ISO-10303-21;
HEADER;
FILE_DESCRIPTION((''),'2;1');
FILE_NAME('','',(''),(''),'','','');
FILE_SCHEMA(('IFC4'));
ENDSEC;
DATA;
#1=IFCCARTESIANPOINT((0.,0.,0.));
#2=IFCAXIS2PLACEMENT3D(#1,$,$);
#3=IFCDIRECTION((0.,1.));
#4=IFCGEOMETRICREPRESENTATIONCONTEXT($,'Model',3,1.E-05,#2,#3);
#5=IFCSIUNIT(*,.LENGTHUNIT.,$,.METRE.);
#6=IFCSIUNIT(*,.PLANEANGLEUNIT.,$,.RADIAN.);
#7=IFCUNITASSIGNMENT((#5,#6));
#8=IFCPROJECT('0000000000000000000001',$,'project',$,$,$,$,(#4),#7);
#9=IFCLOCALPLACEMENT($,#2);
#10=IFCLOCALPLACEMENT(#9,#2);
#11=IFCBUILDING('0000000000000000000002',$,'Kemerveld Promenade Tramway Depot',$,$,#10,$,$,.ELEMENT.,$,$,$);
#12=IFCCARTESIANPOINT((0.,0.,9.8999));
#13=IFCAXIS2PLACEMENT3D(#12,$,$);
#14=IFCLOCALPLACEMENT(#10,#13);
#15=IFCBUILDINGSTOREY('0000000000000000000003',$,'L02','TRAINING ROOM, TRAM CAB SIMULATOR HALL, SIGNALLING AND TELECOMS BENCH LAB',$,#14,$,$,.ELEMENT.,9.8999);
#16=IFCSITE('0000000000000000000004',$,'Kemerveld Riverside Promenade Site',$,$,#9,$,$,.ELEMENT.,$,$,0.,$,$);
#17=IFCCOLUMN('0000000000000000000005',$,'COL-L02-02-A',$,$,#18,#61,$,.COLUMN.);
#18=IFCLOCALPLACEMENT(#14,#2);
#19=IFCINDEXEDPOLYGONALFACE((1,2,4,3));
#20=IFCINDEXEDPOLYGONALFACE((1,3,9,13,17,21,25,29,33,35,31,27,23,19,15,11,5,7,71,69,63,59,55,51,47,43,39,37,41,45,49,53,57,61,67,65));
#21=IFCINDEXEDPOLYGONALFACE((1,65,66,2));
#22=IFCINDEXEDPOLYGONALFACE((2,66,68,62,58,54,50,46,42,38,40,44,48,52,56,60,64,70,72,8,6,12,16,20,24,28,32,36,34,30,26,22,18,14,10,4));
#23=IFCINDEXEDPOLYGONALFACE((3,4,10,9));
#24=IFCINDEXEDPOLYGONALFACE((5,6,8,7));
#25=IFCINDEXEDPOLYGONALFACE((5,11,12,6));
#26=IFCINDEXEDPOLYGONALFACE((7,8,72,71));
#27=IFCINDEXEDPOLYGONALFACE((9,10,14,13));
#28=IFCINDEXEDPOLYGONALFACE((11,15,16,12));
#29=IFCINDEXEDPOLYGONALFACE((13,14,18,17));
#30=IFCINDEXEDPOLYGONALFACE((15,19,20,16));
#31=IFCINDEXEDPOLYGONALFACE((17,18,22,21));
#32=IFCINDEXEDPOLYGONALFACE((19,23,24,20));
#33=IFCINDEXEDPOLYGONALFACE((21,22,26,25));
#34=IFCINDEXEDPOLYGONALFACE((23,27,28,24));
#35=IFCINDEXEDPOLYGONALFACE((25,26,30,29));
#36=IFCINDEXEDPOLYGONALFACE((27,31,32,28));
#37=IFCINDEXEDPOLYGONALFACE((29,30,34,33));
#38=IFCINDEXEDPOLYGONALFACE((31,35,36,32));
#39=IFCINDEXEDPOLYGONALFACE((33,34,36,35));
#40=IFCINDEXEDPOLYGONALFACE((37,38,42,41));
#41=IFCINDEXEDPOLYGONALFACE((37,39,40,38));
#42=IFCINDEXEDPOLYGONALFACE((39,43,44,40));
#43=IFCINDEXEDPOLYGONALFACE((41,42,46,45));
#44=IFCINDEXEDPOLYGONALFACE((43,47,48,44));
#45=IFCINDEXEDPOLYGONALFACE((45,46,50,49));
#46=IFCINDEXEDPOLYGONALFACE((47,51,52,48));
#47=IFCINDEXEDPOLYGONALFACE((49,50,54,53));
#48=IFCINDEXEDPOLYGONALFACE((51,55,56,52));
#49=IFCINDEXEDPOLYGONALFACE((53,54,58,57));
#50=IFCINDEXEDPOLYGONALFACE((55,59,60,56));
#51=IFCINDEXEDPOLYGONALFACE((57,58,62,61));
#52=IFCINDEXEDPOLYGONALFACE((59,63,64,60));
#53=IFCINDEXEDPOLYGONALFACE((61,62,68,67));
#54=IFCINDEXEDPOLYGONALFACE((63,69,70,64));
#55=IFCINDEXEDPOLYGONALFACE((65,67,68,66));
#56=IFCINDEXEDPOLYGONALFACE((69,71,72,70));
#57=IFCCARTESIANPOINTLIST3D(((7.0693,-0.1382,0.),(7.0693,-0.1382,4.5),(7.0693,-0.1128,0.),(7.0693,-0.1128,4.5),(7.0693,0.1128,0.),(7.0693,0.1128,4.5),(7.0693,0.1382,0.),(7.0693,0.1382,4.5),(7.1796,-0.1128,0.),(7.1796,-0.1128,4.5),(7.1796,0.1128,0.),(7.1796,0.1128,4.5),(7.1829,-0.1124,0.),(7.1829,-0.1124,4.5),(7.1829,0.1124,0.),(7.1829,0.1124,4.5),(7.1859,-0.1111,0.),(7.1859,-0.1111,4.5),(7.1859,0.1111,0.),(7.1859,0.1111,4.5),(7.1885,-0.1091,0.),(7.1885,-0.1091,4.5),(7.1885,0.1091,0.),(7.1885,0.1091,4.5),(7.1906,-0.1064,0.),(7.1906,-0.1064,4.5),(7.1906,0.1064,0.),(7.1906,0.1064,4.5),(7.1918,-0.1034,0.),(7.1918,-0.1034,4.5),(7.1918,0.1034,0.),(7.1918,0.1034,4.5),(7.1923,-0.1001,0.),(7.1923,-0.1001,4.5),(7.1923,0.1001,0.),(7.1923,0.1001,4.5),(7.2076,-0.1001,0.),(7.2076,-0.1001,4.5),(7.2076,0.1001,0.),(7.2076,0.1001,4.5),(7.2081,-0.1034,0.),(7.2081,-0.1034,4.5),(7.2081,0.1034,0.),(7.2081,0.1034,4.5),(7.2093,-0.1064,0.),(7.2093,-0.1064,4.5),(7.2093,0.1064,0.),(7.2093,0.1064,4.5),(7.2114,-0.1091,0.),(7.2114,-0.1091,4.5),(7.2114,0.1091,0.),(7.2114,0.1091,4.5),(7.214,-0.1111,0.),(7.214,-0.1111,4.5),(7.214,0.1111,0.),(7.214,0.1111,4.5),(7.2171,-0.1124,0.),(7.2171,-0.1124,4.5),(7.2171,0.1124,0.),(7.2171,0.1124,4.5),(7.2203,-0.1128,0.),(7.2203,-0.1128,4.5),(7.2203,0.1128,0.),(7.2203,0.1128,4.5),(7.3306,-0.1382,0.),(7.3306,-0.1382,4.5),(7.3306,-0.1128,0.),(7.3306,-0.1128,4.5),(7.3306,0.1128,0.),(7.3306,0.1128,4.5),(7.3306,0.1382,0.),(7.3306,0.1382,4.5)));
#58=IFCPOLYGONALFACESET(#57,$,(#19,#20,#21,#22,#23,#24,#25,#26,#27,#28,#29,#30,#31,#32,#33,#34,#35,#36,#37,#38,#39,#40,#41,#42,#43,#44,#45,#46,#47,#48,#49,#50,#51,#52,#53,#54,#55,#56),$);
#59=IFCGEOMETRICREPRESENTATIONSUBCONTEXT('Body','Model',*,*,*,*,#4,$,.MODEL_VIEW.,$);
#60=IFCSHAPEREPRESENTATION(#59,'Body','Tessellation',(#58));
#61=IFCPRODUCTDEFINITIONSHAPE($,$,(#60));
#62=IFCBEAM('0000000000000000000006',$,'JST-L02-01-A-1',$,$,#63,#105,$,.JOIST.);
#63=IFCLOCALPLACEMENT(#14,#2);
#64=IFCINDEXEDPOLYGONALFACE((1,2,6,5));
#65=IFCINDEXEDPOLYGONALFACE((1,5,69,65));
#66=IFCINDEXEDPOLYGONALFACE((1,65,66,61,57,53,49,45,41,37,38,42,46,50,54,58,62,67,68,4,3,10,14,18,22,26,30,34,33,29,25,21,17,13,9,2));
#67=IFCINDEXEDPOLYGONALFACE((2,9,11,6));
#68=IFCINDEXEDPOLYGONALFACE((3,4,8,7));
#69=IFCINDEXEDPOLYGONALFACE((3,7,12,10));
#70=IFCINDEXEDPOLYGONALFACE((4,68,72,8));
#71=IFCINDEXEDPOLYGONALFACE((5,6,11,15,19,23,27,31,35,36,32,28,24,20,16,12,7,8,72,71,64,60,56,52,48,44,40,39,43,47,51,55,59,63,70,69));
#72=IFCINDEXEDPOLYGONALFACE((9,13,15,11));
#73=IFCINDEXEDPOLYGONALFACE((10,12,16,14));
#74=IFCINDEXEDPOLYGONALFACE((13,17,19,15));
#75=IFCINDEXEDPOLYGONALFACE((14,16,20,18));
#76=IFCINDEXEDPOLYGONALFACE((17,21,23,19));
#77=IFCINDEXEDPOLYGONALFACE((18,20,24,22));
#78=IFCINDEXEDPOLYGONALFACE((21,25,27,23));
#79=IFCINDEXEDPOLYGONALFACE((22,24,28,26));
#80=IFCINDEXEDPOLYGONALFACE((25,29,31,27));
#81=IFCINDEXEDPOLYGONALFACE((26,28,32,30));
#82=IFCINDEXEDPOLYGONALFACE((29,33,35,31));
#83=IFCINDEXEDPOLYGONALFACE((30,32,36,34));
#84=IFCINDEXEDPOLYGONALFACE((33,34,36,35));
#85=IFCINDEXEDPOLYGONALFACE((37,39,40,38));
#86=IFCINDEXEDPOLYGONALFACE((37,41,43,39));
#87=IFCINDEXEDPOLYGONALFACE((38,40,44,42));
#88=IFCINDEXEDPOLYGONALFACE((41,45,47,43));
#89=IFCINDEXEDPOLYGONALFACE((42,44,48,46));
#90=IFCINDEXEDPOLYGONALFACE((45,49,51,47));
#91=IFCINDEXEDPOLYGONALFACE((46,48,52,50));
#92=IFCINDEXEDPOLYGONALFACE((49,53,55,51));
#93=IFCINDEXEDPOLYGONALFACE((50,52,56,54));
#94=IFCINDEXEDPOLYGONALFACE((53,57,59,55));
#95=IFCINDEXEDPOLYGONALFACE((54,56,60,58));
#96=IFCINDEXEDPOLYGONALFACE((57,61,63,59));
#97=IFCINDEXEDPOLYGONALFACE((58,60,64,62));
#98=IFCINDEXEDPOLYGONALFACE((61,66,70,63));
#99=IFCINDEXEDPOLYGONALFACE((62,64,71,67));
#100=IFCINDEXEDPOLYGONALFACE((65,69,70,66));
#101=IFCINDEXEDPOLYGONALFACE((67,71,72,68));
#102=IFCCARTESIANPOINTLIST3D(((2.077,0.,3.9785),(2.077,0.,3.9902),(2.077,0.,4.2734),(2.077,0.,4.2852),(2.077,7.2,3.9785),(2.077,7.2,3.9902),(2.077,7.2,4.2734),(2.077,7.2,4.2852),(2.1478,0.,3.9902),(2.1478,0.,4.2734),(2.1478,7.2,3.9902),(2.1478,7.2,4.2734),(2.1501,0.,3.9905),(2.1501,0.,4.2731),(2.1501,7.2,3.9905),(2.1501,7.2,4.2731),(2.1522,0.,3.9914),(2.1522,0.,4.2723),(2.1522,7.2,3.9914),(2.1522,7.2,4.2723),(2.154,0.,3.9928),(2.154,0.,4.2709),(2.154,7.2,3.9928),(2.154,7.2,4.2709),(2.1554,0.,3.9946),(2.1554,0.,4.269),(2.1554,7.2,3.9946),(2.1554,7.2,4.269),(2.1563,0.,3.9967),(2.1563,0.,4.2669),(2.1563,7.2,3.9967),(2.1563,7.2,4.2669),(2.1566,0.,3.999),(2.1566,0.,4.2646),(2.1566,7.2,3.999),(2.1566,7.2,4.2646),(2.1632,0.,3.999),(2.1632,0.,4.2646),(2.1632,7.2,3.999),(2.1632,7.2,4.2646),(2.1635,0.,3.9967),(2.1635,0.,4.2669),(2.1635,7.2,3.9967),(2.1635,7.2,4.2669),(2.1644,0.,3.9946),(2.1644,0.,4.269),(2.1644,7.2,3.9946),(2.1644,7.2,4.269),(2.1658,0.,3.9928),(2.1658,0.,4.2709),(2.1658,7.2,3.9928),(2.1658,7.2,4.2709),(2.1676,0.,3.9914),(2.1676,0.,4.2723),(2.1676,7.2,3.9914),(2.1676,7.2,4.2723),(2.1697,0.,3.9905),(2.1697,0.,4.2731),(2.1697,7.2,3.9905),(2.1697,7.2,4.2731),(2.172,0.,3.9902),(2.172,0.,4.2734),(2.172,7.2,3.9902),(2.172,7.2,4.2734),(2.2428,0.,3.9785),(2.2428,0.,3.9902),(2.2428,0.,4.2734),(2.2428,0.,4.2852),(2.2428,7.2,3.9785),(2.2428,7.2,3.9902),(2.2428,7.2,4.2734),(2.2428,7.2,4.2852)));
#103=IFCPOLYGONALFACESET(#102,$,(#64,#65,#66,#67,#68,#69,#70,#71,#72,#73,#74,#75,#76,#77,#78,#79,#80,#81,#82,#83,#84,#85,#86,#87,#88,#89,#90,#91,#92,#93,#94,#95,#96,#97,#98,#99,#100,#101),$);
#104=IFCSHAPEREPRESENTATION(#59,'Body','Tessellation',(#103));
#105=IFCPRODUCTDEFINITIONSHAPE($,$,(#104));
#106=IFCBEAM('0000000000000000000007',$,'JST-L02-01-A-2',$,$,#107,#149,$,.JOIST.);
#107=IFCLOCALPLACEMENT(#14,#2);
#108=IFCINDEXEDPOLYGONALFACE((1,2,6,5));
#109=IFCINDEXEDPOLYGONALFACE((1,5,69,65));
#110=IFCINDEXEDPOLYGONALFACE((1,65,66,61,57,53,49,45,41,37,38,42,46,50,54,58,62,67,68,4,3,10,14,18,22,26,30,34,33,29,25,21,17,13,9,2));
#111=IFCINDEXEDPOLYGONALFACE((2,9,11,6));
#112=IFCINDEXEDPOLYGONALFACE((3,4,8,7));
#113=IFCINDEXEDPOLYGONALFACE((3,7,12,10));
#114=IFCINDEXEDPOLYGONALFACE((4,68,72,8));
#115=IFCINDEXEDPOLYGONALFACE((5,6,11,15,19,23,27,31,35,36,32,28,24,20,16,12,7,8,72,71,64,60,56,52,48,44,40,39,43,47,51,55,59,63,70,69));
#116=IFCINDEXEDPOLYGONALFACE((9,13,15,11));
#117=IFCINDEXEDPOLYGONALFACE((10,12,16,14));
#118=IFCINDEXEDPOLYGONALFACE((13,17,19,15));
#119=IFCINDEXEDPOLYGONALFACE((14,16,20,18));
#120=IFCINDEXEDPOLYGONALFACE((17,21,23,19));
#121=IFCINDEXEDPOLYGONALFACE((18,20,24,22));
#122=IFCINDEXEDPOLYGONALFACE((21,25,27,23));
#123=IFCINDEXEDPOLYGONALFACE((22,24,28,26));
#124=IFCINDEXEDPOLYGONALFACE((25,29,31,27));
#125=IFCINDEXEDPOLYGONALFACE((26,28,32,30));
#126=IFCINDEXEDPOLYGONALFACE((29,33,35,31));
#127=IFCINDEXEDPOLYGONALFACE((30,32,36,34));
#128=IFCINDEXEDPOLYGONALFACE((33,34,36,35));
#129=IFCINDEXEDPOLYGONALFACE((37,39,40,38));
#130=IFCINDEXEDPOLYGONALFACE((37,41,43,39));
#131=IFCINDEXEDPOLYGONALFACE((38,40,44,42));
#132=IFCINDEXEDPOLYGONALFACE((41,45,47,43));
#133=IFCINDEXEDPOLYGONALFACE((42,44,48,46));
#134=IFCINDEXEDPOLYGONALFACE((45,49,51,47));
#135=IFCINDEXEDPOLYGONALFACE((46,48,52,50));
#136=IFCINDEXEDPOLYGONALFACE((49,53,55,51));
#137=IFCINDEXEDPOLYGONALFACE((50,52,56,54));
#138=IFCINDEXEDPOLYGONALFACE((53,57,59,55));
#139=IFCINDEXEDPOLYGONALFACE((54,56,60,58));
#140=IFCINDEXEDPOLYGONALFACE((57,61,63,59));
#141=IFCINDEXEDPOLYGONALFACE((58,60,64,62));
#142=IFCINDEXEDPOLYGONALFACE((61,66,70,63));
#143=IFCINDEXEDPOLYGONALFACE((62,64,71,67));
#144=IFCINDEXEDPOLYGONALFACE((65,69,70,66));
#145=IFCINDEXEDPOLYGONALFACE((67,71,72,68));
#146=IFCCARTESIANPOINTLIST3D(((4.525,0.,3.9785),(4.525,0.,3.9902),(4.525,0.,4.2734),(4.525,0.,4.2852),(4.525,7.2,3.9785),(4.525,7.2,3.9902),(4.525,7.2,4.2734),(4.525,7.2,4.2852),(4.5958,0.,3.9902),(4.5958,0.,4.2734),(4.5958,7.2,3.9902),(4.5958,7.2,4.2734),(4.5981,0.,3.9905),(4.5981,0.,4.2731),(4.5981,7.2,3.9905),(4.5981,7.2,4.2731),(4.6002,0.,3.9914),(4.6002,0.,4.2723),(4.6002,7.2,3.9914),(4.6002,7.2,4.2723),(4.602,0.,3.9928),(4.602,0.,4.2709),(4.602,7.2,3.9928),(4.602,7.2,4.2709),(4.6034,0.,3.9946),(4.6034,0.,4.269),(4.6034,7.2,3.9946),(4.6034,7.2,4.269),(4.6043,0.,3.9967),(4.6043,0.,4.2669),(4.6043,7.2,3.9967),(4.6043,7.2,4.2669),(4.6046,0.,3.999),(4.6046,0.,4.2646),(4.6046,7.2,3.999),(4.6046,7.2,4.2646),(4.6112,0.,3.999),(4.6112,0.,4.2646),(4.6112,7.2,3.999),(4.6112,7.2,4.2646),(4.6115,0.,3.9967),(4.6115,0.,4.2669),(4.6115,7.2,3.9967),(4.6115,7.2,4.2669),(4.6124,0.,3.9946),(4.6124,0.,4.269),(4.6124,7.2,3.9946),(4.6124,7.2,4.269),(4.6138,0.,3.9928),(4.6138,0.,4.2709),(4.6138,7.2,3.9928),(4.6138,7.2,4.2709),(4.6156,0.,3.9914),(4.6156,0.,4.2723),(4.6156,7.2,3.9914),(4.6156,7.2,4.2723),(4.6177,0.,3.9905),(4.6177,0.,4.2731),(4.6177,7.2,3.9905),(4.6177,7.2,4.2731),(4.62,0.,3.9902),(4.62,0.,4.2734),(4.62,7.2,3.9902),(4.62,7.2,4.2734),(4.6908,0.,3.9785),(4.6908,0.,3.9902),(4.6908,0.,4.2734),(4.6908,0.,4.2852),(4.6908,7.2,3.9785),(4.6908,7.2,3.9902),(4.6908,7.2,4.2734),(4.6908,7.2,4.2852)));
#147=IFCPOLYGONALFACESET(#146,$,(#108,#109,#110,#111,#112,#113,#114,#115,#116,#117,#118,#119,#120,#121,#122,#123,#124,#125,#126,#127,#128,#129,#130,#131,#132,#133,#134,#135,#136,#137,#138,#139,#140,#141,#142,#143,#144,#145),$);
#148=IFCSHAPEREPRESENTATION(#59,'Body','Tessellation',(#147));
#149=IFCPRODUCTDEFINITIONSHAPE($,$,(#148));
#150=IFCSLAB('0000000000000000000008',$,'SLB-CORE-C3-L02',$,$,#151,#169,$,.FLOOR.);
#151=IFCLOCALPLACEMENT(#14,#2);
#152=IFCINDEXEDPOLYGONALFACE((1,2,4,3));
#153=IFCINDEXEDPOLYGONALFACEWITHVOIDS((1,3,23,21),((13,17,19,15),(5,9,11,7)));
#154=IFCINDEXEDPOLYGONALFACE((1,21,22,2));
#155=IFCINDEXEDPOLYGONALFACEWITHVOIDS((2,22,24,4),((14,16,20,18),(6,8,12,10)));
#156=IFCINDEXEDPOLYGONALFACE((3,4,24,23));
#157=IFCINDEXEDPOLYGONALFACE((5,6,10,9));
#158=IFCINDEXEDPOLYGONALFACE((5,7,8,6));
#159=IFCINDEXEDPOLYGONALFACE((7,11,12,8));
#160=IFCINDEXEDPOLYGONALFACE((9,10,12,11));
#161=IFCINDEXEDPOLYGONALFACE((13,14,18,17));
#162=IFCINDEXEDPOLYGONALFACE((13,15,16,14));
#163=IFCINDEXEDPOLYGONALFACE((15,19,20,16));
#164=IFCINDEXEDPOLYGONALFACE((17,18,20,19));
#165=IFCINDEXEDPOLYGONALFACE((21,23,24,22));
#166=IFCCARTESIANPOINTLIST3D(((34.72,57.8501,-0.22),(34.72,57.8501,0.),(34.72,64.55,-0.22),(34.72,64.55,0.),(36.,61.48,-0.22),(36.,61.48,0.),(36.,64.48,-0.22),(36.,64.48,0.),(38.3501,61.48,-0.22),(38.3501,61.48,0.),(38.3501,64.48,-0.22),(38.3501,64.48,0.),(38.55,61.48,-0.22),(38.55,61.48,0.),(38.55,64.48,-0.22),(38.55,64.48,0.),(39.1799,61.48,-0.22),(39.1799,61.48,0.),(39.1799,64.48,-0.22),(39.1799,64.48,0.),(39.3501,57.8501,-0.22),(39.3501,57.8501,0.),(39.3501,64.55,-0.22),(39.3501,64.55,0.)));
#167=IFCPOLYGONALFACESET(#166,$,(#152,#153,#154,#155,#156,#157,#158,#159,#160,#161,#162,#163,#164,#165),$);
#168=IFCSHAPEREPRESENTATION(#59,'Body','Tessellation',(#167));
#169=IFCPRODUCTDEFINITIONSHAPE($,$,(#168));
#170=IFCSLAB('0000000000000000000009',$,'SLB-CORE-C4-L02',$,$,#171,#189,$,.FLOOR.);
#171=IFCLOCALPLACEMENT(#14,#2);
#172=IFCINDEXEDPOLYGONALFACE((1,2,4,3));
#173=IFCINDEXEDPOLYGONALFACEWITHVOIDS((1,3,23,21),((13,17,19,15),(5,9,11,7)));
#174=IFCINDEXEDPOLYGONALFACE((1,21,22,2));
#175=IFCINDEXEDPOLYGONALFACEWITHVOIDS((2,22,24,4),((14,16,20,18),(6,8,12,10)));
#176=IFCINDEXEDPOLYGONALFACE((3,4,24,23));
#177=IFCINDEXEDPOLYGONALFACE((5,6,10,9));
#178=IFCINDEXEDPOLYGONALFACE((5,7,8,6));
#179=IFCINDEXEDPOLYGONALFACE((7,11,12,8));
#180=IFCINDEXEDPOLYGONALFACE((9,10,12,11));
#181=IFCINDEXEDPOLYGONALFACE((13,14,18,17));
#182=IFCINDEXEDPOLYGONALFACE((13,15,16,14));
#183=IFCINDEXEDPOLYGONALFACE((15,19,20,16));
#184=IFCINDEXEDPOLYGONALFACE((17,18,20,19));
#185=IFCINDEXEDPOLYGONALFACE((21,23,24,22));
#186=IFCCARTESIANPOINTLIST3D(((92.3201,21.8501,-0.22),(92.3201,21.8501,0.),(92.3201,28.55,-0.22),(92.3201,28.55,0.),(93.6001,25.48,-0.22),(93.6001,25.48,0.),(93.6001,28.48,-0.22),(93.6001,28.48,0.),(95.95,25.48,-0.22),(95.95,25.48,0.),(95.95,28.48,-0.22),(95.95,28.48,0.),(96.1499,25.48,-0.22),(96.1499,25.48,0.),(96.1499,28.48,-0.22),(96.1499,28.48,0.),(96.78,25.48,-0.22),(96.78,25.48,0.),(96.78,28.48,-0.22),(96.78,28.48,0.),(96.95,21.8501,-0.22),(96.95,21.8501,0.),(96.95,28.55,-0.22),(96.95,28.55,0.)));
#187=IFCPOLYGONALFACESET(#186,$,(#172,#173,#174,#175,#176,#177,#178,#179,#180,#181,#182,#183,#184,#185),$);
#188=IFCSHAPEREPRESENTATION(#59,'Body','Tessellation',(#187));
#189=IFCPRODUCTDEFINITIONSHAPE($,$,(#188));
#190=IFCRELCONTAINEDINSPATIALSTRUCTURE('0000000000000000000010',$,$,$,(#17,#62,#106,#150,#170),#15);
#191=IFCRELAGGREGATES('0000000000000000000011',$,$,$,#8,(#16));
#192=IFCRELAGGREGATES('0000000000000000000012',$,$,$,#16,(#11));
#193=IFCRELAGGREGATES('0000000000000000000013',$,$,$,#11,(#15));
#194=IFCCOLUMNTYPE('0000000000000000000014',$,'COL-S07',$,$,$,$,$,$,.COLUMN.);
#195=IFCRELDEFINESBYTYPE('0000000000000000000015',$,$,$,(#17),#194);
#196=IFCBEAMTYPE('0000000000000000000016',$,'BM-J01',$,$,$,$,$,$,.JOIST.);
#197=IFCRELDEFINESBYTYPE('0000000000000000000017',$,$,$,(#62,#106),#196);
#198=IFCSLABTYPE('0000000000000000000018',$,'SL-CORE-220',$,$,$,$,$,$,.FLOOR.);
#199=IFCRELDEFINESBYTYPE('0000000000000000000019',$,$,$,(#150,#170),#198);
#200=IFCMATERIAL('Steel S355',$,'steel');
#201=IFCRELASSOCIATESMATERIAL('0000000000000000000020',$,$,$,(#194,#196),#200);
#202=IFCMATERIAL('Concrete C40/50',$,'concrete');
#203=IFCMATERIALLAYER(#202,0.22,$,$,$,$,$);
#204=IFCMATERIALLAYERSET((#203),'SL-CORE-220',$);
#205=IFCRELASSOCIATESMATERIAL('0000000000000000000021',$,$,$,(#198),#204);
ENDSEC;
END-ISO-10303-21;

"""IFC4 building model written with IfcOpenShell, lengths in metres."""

from ifc_helpers import new_model, si_unit, direction, frame, origin, origin_2d, place, context, subcontext, project, spatial, polyline, i_section, outline, extrude, material, layer, layer_set, material_profile, profile_set, type_object, element, save


model = new_model("IFC4")

# Units and contexts
model_context = context("Model", 3, precision=1e-05, world=origin(), true_north=direction((0.0, 1.0)))
body_context = subcontext(model_context, "Body", "Model", "MODEL_VIEW")
ifc_project = project(units=[si_unit("LENGTHUNIT", "METRE"), si_unit("PLANEANGLEUNIT", "RADIAN")], contexts=[model_context])

# Site, building, storey
site_placement = place(None, origin())
site = spatial("IfcSite", under=ifc_project, at=site_placement, Name="Kemerveld Riverside Promenade Site", CompositionType="ELEMENT", RefElevation=0.0)
building_placement = place(site_placement, origin())
building = spatial("IfcBuilding", under=site, at=building_placement, Name="Kemerveld Promenade Tramway Depot", CompositionType="ELEMENT")
storey_placement = place(building_placement, frame((0.0, 0.0, 9.8999)))
storey = spatial("IfcBuildingStorey", under=building, at=storey_placement, Name="L02", Description="TRAINING ROOM, TRAM CAB SIMULATOR HALL, SIGNALLING AND TELECOMS BENCH LAB", CompositionType="ELEMENT", Elevation=9.8999)

# Column
ifc_material_1 = material(Name="Steel S355", Category="steel")
ifc_material_profile_1 = material_profile(ifc_material_1, i_section(OverallWidth=0.2612, OverallDepth=0.2764, WebThickness=0.0154, FlangeThickness=0.0254, FilletRadius=0.0127, at=origin_2d()), Name="254x254x132 UC")
ifc_profile_set_1 = profile_set([ifc_material_profile_1], Name="Steel S355")
column_type = type_object("IfcColumnType", Name="COL-S07", PredefinedType="COLUMN", material=ifc_profile_set_1)
column_placement = place(storey_placement, frame((7.2, 0.0, 0.0), z_axis=(0.0, 0.0, 1.0), x_axis=(1.0, 0.0, 0.0)))
element("IfcColumn", 1, at=column_placement, inside=storey, type_object=column_type, Name="COL-L02-02-A", PredefinedType="COLUMN", context=body_context, shape_type="SweptSolid", body=[
    extrude(i_section(OverallWidth=0.2612, OverallDepth=0.2764, WebThickness=0.0154, FlangeThickness=0.0254, FilletRadius=0.0127, at=origin_2d()), origin(), (0.0, 0.0, 1.0), 4.5),
])

# Beams
ifc_material_profile_2 = material_profile(ifc_material_1, i_section(OverallWidth=0.1658, OverallDepth=0.3066, WebThickness=0.0066, FlangeThickness=0.0117, FilletRadius=0.0088, at=origin_2d()), Name="305x165x46 UB")
ifc_profile_set_2 = profile_set([ifc_material_profile_2], Name="Steel S355")
beam_type = type_object("IfcBeamType", Name="BM-J01", PredefinedType="JOIST", material=ifc_profile_set_2)
for number, where, z_axis, x_axis, name in (
    (2, (2.1599, 0.0, 4.1318), (0.0, 1.0, 0.0), (-1.0, 0.0, 0.0), "JST-L02-01-A-1"),
    (3, (4.6079, 0.0, 4.1318), (0.0, 1.0, 0.0), (-1.0, 0.0, 0.0), "JST-L02-01-A-2"),
):
    element("IfcBeam", number, at=place(storey_placement, frame(where, z_axis=z_axis, x_axis=x_axis)), inside=storey, type_object=beam_type, Name=name, PredefinedType="JOIST", context=body_context, shape_type="SweptSolid", body=[
        extrude(i_section(OverallWidth=0.1658, OverallDepth=0.3066, WebThickness=0.0066, FlangeThickness=0.0117, FilletRadius=0.0088, at=origin_2d()), origin(), (0.0, 0.0, 1.0), 7.2),
    ])

# Slabs
ifc_material_2 = material(Name="Concrete C40/50", Category="concrete")
ifc_layer_1 = layer(ifc_material_2, 0.22)
ifc_layer_set_1 = layer_set([ifc_layer_1], Name="SL-CORE-220")
slab_type_1 = type_object("IfcSlabType", Name="SL-CORE-220", PredefinedType="FLOOR", material=ifc_layer_set_1)
slab_1_placement = place(storey_placement, frame((0.0, 0.0, -0.22)))
element("IfcSlab", 4, at=slab_1_placement, inside=storey, type_object=slab_type_1, Name="SLB-CORE-C3-L02", PredefinedType="FLOOR", context=body_context, shape_type="SweptSolid", body=[
    extrude(outline(polyline([(34.72, 57.8501), (39.3501, 57.8501), (39.3501, 64.55), (34.72, 64.55), (34.72, 57.8501)]), holes=[polyline([(36.0, 61.48), (38.3501, 61.48), (38.3501, 64.48), (36.0, 64.48), (36.0, 61.48)]), polyline([(38.55, 61.48), (39.1799, 61.48), (39.1799, 64.48), (38.55, 64.48), (38.55, 61.48)])]), origin(), (0.0, 0.0, 1.0), 0.22),
])
slab_2_placement = place(storey_placement, frame((0.0, 0.0, -0.22)))
element("IfcSlab", 5, at=slab_2_placement, inside=storey, type_object=slab_type_1, Name="SLB-CORE-C4-L02", PredefinedType="FLOOR", context=body_context, shape_type="SweptSolid", body=[
    extrude(outline(polyline([(92.3201, 21.8501), (96.95, 21.8501), (96.95, 28.55), (92.3201, 28.55), (92.3201, 21.8501)]), holes=[polyline([(93.6001, 25.48), (95.95, 25.48), (95.95, 28.48), (93.6001, 28.48), (93.6001, 25.48)]), polyline([(96.1499, 25.48), (96.78, 25.48), (96.78, 28.48), (96.1499, 28.48), (96.1499, 25.48)])]), origin(), (0.0, 0.0, 1.0), 0.22),
])

save(model, "model.ifc")
